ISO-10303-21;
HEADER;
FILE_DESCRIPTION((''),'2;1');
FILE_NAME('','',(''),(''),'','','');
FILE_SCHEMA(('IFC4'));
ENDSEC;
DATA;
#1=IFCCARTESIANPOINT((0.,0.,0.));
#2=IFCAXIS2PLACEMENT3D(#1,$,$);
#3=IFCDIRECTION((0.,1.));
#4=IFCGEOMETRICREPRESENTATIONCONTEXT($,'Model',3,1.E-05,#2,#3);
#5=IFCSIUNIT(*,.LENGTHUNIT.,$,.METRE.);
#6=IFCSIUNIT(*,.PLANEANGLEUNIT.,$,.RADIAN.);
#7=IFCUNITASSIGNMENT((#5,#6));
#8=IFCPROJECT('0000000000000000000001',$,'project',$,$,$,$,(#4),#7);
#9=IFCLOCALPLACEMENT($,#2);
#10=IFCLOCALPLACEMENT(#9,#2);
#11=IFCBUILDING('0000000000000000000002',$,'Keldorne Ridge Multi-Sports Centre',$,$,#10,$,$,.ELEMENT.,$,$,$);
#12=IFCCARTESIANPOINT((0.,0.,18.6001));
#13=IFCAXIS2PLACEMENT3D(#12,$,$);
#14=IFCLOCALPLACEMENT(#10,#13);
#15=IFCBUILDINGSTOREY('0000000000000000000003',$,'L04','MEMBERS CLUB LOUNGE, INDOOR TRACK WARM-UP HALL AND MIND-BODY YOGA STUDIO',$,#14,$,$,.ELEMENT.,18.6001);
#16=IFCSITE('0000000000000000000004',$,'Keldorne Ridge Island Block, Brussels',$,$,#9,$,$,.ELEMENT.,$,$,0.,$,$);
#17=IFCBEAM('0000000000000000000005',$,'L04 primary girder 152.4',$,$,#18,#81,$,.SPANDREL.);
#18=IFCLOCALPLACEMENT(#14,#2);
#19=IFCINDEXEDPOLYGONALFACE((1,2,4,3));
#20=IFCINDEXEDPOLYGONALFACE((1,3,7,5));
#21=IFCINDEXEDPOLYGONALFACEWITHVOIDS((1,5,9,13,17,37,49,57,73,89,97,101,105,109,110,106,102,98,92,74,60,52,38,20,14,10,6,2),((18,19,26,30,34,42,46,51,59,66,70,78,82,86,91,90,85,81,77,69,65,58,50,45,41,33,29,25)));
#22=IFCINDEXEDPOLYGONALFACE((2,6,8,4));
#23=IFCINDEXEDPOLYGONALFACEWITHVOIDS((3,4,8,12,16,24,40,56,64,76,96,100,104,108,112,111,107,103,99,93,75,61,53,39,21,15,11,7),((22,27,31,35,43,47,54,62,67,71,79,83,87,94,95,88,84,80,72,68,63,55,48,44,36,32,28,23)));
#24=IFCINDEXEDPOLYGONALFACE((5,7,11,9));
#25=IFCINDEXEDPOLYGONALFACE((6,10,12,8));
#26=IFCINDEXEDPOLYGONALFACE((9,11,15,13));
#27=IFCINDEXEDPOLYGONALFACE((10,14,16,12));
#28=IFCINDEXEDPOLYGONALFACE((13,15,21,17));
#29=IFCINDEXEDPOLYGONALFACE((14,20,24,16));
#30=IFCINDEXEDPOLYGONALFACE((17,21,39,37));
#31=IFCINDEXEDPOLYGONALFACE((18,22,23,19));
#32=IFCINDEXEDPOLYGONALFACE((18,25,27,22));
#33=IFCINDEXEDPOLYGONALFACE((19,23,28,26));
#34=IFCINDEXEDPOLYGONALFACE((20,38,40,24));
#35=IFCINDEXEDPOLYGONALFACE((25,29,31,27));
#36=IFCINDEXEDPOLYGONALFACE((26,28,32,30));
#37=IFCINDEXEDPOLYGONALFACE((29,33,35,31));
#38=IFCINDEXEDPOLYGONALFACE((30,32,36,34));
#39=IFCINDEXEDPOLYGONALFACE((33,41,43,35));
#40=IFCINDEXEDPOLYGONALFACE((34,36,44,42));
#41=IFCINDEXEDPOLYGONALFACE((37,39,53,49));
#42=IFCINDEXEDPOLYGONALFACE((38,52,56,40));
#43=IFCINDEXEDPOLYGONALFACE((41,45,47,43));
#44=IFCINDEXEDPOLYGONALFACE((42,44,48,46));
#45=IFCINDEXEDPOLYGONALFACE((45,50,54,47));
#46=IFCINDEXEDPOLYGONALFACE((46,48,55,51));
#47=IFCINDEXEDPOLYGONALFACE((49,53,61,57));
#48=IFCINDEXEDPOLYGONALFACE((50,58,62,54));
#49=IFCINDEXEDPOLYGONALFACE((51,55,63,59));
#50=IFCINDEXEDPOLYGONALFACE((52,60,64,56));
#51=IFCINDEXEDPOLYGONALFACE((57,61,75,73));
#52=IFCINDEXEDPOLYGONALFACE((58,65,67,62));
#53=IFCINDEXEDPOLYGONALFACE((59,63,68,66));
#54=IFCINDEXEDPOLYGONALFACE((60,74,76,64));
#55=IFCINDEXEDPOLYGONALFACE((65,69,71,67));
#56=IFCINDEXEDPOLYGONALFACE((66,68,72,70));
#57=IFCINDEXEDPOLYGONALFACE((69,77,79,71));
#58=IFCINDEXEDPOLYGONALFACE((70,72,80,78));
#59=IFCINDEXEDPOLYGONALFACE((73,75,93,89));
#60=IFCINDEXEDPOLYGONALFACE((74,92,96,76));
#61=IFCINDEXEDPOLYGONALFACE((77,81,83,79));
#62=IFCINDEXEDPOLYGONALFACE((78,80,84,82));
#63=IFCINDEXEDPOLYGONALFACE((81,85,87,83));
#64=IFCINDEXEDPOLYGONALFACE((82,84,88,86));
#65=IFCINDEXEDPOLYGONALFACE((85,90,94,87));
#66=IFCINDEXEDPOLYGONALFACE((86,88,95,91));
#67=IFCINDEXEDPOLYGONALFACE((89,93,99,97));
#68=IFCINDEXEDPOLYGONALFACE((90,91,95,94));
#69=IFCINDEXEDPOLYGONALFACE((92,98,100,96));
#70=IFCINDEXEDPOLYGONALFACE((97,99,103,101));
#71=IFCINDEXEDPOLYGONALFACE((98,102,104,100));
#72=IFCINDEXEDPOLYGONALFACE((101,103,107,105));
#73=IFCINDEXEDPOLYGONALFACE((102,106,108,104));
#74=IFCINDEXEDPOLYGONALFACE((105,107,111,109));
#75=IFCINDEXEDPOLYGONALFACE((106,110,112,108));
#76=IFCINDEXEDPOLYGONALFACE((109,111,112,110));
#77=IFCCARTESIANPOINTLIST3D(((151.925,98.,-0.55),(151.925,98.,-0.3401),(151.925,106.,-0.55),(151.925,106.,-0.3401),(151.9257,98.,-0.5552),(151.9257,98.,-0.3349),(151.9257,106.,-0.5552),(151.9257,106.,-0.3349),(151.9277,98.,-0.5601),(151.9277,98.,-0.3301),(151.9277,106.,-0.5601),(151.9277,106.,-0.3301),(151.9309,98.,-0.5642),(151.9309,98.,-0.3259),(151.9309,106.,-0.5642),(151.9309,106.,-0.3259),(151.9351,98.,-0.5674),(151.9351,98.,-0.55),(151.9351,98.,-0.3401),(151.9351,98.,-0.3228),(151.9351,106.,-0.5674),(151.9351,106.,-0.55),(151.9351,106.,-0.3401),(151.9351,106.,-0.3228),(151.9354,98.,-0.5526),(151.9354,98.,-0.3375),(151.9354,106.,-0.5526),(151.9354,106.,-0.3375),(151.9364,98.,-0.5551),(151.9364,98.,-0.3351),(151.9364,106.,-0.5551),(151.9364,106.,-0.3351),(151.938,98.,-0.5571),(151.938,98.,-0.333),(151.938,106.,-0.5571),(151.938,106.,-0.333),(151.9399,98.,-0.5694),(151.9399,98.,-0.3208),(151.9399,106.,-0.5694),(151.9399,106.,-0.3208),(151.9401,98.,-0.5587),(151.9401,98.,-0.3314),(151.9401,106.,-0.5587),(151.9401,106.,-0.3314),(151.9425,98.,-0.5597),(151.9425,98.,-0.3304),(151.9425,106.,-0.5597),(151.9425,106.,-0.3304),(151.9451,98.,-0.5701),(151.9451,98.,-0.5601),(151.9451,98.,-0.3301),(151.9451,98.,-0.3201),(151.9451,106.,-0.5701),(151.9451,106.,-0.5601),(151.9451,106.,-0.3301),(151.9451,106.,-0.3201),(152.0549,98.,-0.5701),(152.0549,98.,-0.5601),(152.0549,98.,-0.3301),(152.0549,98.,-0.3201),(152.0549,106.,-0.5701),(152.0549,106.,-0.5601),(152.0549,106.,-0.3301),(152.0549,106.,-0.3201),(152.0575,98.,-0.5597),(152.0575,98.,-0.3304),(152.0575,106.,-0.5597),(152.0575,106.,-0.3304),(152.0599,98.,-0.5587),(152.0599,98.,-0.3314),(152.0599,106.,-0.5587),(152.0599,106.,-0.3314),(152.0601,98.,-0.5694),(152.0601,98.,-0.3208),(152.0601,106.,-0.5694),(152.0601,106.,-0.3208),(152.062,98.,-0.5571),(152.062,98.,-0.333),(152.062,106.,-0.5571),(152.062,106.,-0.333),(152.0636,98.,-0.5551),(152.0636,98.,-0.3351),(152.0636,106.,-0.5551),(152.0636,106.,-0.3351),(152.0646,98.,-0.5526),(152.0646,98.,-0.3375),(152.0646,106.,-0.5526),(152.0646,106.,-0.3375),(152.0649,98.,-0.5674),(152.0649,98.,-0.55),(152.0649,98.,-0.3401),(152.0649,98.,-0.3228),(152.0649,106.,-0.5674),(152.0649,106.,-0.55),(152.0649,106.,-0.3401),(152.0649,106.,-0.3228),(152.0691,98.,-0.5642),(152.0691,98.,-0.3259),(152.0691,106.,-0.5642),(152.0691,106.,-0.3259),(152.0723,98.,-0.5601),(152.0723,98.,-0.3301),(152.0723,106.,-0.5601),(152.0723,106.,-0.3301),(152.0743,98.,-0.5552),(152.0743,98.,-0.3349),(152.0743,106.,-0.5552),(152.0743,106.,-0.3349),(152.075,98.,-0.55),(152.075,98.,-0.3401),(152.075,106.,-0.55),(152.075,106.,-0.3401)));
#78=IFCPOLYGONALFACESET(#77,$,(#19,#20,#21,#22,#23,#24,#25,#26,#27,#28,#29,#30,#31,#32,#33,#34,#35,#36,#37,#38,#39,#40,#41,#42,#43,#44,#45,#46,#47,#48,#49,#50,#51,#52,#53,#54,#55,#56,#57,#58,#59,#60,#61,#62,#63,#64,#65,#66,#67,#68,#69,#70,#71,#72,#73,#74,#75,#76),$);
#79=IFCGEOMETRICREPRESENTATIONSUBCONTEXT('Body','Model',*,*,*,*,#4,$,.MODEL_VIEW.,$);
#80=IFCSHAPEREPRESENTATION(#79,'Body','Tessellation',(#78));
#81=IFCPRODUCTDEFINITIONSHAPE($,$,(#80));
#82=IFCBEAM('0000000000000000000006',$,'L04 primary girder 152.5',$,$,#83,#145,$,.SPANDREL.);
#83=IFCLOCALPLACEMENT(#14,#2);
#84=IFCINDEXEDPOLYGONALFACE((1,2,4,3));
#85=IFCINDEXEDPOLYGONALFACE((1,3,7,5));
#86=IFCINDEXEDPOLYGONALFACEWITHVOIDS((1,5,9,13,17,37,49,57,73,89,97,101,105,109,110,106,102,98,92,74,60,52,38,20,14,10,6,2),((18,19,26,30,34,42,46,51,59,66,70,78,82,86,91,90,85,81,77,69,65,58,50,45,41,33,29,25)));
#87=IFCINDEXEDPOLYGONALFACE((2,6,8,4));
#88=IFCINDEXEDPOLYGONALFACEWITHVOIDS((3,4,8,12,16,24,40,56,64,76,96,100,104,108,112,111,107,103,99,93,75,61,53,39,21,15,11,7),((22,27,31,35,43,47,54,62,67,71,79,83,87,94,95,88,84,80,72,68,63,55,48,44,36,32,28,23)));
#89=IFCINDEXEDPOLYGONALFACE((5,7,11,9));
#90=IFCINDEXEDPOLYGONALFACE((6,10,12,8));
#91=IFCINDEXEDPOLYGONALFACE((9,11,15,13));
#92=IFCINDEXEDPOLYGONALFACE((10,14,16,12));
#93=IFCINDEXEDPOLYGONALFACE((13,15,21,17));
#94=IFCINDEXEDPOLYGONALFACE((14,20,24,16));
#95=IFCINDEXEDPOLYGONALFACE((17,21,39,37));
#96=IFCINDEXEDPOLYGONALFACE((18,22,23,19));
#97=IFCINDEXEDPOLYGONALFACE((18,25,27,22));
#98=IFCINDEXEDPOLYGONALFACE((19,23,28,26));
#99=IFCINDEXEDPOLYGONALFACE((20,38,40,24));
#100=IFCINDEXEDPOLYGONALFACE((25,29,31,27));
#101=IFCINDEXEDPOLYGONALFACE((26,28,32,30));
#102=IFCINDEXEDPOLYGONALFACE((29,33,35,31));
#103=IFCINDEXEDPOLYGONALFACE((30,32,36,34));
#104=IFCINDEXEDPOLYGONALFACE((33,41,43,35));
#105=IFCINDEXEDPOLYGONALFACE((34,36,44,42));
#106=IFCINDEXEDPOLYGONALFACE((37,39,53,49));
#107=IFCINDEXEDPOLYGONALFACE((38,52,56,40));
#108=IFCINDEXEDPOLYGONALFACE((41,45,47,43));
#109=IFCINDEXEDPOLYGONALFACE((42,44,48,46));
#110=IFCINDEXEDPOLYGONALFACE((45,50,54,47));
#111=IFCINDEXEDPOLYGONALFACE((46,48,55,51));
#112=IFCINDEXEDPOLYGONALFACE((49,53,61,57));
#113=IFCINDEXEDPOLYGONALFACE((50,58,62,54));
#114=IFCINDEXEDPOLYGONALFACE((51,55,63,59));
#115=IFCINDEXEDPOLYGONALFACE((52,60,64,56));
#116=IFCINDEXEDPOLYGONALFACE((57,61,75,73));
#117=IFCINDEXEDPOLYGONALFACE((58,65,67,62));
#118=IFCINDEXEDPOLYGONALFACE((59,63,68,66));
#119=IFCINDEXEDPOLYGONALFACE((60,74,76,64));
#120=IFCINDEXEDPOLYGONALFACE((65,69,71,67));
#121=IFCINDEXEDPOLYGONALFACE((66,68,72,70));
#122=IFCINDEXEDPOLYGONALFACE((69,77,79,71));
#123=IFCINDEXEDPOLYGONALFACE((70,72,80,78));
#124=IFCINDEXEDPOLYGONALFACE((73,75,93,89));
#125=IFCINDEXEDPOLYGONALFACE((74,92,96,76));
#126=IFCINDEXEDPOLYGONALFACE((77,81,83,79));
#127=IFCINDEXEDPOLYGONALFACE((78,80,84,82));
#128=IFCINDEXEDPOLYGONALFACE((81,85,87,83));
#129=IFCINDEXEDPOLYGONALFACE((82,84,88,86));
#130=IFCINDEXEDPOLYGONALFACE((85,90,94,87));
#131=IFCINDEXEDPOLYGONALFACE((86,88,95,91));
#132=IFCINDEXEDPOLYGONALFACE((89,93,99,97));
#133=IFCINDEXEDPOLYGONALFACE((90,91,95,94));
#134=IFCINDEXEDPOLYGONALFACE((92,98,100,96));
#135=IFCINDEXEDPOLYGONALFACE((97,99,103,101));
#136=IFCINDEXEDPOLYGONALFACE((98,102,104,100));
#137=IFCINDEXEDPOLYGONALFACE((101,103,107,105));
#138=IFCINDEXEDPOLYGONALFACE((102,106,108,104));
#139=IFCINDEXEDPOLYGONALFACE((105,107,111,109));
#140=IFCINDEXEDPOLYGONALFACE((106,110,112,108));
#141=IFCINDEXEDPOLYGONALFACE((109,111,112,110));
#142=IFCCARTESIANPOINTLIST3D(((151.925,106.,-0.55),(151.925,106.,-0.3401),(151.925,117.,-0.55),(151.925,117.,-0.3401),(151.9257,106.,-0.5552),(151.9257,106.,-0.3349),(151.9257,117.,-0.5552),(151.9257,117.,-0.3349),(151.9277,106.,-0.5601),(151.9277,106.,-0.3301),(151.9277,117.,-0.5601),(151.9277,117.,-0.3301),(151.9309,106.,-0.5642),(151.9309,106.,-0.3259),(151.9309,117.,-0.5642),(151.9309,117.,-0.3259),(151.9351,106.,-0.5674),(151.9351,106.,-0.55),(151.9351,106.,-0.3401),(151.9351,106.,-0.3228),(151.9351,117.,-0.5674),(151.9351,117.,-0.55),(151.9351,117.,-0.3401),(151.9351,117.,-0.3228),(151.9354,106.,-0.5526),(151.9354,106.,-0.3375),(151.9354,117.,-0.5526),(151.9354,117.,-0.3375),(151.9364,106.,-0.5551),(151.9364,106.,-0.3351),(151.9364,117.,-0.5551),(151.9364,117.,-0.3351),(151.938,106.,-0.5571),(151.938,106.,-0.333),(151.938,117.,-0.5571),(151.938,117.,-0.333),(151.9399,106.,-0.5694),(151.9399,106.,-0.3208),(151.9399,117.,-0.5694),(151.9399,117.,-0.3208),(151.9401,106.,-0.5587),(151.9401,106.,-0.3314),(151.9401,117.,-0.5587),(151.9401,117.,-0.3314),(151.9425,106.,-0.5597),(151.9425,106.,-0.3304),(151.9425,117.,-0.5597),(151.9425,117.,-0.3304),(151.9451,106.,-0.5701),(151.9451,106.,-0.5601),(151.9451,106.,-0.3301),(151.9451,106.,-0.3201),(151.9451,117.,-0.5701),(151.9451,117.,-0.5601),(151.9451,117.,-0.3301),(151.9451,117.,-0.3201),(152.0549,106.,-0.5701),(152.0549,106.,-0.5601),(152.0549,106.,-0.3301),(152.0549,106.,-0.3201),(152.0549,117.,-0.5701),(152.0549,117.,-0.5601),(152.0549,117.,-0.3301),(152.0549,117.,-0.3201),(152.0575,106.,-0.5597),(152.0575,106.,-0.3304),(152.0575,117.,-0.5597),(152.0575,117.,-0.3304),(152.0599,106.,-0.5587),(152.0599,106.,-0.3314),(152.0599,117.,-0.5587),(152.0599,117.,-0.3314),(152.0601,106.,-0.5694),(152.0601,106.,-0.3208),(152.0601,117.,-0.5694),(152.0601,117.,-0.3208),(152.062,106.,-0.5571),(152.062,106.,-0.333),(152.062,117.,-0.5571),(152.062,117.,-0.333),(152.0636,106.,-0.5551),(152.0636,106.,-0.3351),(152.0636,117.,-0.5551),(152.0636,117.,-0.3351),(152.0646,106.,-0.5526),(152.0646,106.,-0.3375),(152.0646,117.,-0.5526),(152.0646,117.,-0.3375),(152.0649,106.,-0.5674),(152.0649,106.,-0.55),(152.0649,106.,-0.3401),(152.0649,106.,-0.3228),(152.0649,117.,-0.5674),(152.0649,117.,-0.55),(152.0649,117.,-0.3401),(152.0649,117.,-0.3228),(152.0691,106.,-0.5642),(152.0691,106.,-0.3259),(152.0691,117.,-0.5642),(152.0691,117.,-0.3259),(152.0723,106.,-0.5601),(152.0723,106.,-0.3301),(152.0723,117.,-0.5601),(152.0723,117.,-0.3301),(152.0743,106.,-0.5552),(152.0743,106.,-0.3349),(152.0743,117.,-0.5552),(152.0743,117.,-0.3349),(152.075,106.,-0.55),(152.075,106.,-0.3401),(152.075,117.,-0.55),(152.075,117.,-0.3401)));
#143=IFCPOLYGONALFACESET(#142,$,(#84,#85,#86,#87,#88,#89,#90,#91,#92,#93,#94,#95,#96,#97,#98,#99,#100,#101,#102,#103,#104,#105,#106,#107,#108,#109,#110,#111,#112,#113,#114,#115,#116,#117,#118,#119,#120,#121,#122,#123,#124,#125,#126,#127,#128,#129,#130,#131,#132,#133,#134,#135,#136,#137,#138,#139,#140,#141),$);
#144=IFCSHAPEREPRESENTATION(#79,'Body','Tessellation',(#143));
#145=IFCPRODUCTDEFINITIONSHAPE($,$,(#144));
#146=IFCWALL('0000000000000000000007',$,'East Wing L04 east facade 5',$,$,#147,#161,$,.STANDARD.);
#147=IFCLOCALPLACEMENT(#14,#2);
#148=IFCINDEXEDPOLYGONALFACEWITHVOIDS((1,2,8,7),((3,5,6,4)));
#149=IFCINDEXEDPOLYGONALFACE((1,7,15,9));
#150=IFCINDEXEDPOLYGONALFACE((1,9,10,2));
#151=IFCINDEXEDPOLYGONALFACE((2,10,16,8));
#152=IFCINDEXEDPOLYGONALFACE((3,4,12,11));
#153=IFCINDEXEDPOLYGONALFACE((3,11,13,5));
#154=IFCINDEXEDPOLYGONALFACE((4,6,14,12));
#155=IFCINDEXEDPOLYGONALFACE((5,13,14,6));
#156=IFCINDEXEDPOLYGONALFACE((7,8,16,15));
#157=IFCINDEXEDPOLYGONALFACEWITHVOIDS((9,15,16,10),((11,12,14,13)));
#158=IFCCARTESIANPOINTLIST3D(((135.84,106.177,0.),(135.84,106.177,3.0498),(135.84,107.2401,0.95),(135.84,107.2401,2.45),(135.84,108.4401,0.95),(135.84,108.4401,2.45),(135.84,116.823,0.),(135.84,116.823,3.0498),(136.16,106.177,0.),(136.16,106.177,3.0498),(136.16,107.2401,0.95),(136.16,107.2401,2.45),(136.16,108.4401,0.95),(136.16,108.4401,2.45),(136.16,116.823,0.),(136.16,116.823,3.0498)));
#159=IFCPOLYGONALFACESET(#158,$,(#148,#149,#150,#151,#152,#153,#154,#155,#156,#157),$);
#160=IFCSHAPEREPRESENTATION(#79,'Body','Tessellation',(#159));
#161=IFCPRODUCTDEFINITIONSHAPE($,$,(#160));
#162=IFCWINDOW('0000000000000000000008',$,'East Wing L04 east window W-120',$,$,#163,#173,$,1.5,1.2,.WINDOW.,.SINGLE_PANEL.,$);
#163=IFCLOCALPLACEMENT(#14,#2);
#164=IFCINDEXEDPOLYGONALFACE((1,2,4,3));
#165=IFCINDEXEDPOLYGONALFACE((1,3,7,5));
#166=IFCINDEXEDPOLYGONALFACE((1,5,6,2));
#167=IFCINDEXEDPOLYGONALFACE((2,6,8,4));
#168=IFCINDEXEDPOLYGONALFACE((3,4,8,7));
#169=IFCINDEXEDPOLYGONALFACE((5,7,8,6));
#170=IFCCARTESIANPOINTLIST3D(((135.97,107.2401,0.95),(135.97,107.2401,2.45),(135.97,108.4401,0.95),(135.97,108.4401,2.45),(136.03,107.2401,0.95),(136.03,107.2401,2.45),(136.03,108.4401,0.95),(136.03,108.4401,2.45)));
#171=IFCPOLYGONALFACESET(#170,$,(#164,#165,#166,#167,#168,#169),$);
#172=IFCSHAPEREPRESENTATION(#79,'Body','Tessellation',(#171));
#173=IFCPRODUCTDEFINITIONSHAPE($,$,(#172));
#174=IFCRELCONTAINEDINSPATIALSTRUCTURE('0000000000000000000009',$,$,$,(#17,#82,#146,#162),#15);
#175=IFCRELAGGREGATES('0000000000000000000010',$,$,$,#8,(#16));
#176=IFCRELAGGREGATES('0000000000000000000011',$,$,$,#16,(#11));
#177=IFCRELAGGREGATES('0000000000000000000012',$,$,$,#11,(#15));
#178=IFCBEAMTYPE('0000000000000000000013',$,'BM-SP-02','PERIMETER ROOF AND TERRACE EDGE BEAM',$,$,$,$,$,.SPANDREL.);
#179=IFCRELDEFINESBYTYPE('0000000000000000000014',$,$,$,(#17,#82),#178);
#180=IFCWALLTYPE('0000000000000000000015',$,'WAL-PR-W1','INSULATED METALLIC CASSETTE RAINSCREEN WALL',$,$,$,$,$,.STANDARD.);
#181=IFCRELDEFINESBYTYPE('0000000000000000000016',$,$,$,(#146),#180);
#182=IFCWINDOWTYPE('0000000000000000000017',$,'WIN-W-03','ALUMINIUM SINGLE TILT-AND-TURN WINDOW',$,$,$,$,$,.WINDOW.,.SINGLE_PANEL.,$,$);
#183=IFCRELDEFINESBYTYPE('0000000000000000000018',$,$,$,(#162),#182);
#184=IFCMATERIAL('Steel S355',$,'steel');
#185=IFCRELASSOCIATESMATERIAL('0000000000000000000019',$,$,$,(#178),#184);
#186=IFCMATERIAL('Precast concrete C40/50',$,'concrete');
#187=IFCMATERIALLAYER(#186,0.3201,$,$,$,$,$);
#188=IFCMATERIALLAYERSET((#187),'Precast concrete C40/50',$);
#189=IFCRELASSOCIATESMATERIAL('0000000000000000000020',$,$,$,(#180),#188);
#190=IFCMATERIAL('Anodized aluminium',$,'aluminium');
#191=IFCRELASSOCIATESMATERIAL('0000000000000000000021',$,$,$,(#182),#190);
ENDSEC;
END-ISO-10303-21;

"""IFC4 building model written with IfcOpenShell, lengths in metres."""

from ifc_helpers import new_model, si_unit, direction, frame, frame_2d, origin, origin_2d, place, context, subcontext, project, spatial, rectangle, hollow_rectangle, extrude, material, layer, layer_set, material_profile, profile_set, type_object, element, fill, save


model = new_model("IFC4")

# Units and contexts
model_context = context("Model", 3, precision=1e-05, world=origin(), true_north=direction((0.0, 1.0)))
body_context = subcontext(model_context, "Body", "Model", "MODEL_VIEW")
ifc_project = project(units=[si_unit("LENGTHUNIT", "METRE"), si_unit("PLANEANGLEUNIT", "RADIAN")], contexts=[model_context])

# Site, building, storey
site_placement = place(None, origin())
site = spatial("IfcSite", under=ifc_project, at=site_placement, Name="Keldorne Ridge Island Block, Brussels", CompositionType="ELEMENT", RefElevation=0.0)
building_placement = place(site_placement, origin())
building = spatial("IfcBuilding", under=site, at=building_placement, Name="Keldorne Ridge Multi-Sports Centre", CompositionType="ELEMENT")
storey_placement = place(building_placement, frame((0.0, 0.0, 18.6001)))
storey = spatial("IfcBuildingStorey", under=building, at=storey_placement, Name="L04", Description="MEMBERS CLUB LOUNGE, INDOOR TRACK WARM-UP HALL AND MIND-BODY YOGA STUDIO", CompositionType="ELEMENT", Elevation=18.6001)

# Shared definitions
ifc_material_1 = material(Name="Steel S355", Category="steel")

# Beams
ifc_material_profile_1 = material_profile(ifc_material_1, hollow_rectangle(XDim=0.1499, YDim=0.25, WallThickness=0.01, InnerFilletRadius=0.01, OuterFilletRadius=0.02, at=origin_2d()), Name="RHS 250x150x10")
ifc_profile_set_1 = profile_set([ifc_material_profile_1], Name="Steel S355")
beam_type_1 = type_object("IfcBeamType", Name="BM-SP-02", Description="PERIMETER ROOF AND TERRACE EDGE BEAM", PredefinedType="SPANDREL", material=ifc_profile_set_1)
beam_1_placement = place(storey_placement, frame((152.0, 98.0, -0.4451), z_axis=(0.0, 1.0, 0.0), x_axis=(-1.0, 0.0, 0.0)))
element("IfcBeam", 1, at=beam_1_placement, inside=storey, type_object=beam_type_1, Name="L04 primary girder 152.4", PredefinedType="SPANDREL", context=body_context, shape_type="SweptSolid", body=[
    extrude(hollow_rectangle(XDim=0.1499, YDim=0.25, WallThickness=0.01, InnerFilletRadius=0.01, OuterFilletRadius=0.02, at=origin_2d()), origin(), (0.0, 0.0, 1.0), 8.0),
])
beam_2_placement = place(storey_placement, frame((152.0, 106.0, -0.4451), z_axis=(0.0, 1.0, 0.0), x_axis=(-1.0, 0.0, 0.0)))
element("IfcBeam", 2, at=beam_2_placement, inside=storey, type_object=beam_type_1, Name="L04 primary girder 152.5", PredefinedType="SPANDREL", context=body_context, shape_type="SweptSolid", body=[
    extrude(hollow_rectangle(XDim=0.1499, YDim=0.25, WallThickness=0.01, InnerFilletRadius=0.01, OuterFilletRadius=0.02, at=origin_2d()), origin(), (0.0, 0.0, 1.0), 11.0),
])

# Wall, opening, window
ifc_material_2 = material(Name="Precast concrete C40/50", Category="concrete")
ifc_layer = layer(ifc_material_2, 0.3201)
ifc_layer_set = layer_set([ifc_layer], Name="Precast concrete C40/50")
wall_type = type_object("IfcWallType", Name="WAL-PR-W1", Description="INSULATED METALLIC CASSETTE RAINSCREEN WALL", PredefinedType="STANDARD", material=ifc_layer_set)
wall_placement = place(storey_placement, frame((136.0, 106.177, 0.0), z_axis=(0.0, 0.0, 1.0), x_axis=(0.0, 1.0, 0.0)))
wall = element("IfcWall", 3, at=wall_placement, inside=storey, type_object=wall_type, Name="East Wing L04 east facade 5", PredefinedType="STANDARD", context=body_context, shape_type="SweptSolid", body=[
    extrude(rectangle(XDim=10.646, YDim=0.3201, at=frame_2d((5.323, 0.0))), origin(), (0.0, 0.0, 1.0), 3.0498),
])
opening_placement = place(wall_placement, frame((1.063, 0.0, 0.95)))
opening = element("IfcOpeningElement", 4, at=opening_placement, cuts=wall, PredefinedType="OPENING", context=body_context, shape_type="SweptSolid", body=[
    extrude(rectangle(XDim=1.2, YDim=1.5, at=frame_2d((0.6001, 0.75))), frame((0.0, 0.1699, 0.0), z_axis=(0.0, -1.0, 0.0), x_axis=(1.0, 0.0, 0.0)), (0.0, 0.0, 1.0), 0.3401),
])
ifc_material_3 = material(Name="Anodized aluminium", Category="aluminium")
window_type = type_object("IfcWindowType", Name="WIN-W-03", Description="ALUMINIUM SINGLE TILT-AND-TURN WINDOW", PartitioningType="SINGLE_PANEL", PredefinedType="WINDOW", material=ifc_material_3)
window_placement = place(opening_placement, origin())
window = element("IfcWindow", 5, at=window_placement, inside=storey, type_object=window_type, Name="East Wing L04 east window W-120", OverallHeight=1.5, OverallWidth=1.2, PartitioningType="SINGLE_PANEL", PredefinedType="WINDOW", context=body_context, shape_type="SweptSolid", body=[
    extrude(rectangle(XDim=1.2, YDim=1.5, at=frame_2d((0.6001, 0.75))), frame((0.0, 0.03, 0.0), z_axis=(0.0, -1.0, 0.0), x_axis=(1.0, 0.0, 0.0)), (0.0, 0.0, 1.0), 0.0601),
])
fill(opening, window)

save(model, "model.ifc")
